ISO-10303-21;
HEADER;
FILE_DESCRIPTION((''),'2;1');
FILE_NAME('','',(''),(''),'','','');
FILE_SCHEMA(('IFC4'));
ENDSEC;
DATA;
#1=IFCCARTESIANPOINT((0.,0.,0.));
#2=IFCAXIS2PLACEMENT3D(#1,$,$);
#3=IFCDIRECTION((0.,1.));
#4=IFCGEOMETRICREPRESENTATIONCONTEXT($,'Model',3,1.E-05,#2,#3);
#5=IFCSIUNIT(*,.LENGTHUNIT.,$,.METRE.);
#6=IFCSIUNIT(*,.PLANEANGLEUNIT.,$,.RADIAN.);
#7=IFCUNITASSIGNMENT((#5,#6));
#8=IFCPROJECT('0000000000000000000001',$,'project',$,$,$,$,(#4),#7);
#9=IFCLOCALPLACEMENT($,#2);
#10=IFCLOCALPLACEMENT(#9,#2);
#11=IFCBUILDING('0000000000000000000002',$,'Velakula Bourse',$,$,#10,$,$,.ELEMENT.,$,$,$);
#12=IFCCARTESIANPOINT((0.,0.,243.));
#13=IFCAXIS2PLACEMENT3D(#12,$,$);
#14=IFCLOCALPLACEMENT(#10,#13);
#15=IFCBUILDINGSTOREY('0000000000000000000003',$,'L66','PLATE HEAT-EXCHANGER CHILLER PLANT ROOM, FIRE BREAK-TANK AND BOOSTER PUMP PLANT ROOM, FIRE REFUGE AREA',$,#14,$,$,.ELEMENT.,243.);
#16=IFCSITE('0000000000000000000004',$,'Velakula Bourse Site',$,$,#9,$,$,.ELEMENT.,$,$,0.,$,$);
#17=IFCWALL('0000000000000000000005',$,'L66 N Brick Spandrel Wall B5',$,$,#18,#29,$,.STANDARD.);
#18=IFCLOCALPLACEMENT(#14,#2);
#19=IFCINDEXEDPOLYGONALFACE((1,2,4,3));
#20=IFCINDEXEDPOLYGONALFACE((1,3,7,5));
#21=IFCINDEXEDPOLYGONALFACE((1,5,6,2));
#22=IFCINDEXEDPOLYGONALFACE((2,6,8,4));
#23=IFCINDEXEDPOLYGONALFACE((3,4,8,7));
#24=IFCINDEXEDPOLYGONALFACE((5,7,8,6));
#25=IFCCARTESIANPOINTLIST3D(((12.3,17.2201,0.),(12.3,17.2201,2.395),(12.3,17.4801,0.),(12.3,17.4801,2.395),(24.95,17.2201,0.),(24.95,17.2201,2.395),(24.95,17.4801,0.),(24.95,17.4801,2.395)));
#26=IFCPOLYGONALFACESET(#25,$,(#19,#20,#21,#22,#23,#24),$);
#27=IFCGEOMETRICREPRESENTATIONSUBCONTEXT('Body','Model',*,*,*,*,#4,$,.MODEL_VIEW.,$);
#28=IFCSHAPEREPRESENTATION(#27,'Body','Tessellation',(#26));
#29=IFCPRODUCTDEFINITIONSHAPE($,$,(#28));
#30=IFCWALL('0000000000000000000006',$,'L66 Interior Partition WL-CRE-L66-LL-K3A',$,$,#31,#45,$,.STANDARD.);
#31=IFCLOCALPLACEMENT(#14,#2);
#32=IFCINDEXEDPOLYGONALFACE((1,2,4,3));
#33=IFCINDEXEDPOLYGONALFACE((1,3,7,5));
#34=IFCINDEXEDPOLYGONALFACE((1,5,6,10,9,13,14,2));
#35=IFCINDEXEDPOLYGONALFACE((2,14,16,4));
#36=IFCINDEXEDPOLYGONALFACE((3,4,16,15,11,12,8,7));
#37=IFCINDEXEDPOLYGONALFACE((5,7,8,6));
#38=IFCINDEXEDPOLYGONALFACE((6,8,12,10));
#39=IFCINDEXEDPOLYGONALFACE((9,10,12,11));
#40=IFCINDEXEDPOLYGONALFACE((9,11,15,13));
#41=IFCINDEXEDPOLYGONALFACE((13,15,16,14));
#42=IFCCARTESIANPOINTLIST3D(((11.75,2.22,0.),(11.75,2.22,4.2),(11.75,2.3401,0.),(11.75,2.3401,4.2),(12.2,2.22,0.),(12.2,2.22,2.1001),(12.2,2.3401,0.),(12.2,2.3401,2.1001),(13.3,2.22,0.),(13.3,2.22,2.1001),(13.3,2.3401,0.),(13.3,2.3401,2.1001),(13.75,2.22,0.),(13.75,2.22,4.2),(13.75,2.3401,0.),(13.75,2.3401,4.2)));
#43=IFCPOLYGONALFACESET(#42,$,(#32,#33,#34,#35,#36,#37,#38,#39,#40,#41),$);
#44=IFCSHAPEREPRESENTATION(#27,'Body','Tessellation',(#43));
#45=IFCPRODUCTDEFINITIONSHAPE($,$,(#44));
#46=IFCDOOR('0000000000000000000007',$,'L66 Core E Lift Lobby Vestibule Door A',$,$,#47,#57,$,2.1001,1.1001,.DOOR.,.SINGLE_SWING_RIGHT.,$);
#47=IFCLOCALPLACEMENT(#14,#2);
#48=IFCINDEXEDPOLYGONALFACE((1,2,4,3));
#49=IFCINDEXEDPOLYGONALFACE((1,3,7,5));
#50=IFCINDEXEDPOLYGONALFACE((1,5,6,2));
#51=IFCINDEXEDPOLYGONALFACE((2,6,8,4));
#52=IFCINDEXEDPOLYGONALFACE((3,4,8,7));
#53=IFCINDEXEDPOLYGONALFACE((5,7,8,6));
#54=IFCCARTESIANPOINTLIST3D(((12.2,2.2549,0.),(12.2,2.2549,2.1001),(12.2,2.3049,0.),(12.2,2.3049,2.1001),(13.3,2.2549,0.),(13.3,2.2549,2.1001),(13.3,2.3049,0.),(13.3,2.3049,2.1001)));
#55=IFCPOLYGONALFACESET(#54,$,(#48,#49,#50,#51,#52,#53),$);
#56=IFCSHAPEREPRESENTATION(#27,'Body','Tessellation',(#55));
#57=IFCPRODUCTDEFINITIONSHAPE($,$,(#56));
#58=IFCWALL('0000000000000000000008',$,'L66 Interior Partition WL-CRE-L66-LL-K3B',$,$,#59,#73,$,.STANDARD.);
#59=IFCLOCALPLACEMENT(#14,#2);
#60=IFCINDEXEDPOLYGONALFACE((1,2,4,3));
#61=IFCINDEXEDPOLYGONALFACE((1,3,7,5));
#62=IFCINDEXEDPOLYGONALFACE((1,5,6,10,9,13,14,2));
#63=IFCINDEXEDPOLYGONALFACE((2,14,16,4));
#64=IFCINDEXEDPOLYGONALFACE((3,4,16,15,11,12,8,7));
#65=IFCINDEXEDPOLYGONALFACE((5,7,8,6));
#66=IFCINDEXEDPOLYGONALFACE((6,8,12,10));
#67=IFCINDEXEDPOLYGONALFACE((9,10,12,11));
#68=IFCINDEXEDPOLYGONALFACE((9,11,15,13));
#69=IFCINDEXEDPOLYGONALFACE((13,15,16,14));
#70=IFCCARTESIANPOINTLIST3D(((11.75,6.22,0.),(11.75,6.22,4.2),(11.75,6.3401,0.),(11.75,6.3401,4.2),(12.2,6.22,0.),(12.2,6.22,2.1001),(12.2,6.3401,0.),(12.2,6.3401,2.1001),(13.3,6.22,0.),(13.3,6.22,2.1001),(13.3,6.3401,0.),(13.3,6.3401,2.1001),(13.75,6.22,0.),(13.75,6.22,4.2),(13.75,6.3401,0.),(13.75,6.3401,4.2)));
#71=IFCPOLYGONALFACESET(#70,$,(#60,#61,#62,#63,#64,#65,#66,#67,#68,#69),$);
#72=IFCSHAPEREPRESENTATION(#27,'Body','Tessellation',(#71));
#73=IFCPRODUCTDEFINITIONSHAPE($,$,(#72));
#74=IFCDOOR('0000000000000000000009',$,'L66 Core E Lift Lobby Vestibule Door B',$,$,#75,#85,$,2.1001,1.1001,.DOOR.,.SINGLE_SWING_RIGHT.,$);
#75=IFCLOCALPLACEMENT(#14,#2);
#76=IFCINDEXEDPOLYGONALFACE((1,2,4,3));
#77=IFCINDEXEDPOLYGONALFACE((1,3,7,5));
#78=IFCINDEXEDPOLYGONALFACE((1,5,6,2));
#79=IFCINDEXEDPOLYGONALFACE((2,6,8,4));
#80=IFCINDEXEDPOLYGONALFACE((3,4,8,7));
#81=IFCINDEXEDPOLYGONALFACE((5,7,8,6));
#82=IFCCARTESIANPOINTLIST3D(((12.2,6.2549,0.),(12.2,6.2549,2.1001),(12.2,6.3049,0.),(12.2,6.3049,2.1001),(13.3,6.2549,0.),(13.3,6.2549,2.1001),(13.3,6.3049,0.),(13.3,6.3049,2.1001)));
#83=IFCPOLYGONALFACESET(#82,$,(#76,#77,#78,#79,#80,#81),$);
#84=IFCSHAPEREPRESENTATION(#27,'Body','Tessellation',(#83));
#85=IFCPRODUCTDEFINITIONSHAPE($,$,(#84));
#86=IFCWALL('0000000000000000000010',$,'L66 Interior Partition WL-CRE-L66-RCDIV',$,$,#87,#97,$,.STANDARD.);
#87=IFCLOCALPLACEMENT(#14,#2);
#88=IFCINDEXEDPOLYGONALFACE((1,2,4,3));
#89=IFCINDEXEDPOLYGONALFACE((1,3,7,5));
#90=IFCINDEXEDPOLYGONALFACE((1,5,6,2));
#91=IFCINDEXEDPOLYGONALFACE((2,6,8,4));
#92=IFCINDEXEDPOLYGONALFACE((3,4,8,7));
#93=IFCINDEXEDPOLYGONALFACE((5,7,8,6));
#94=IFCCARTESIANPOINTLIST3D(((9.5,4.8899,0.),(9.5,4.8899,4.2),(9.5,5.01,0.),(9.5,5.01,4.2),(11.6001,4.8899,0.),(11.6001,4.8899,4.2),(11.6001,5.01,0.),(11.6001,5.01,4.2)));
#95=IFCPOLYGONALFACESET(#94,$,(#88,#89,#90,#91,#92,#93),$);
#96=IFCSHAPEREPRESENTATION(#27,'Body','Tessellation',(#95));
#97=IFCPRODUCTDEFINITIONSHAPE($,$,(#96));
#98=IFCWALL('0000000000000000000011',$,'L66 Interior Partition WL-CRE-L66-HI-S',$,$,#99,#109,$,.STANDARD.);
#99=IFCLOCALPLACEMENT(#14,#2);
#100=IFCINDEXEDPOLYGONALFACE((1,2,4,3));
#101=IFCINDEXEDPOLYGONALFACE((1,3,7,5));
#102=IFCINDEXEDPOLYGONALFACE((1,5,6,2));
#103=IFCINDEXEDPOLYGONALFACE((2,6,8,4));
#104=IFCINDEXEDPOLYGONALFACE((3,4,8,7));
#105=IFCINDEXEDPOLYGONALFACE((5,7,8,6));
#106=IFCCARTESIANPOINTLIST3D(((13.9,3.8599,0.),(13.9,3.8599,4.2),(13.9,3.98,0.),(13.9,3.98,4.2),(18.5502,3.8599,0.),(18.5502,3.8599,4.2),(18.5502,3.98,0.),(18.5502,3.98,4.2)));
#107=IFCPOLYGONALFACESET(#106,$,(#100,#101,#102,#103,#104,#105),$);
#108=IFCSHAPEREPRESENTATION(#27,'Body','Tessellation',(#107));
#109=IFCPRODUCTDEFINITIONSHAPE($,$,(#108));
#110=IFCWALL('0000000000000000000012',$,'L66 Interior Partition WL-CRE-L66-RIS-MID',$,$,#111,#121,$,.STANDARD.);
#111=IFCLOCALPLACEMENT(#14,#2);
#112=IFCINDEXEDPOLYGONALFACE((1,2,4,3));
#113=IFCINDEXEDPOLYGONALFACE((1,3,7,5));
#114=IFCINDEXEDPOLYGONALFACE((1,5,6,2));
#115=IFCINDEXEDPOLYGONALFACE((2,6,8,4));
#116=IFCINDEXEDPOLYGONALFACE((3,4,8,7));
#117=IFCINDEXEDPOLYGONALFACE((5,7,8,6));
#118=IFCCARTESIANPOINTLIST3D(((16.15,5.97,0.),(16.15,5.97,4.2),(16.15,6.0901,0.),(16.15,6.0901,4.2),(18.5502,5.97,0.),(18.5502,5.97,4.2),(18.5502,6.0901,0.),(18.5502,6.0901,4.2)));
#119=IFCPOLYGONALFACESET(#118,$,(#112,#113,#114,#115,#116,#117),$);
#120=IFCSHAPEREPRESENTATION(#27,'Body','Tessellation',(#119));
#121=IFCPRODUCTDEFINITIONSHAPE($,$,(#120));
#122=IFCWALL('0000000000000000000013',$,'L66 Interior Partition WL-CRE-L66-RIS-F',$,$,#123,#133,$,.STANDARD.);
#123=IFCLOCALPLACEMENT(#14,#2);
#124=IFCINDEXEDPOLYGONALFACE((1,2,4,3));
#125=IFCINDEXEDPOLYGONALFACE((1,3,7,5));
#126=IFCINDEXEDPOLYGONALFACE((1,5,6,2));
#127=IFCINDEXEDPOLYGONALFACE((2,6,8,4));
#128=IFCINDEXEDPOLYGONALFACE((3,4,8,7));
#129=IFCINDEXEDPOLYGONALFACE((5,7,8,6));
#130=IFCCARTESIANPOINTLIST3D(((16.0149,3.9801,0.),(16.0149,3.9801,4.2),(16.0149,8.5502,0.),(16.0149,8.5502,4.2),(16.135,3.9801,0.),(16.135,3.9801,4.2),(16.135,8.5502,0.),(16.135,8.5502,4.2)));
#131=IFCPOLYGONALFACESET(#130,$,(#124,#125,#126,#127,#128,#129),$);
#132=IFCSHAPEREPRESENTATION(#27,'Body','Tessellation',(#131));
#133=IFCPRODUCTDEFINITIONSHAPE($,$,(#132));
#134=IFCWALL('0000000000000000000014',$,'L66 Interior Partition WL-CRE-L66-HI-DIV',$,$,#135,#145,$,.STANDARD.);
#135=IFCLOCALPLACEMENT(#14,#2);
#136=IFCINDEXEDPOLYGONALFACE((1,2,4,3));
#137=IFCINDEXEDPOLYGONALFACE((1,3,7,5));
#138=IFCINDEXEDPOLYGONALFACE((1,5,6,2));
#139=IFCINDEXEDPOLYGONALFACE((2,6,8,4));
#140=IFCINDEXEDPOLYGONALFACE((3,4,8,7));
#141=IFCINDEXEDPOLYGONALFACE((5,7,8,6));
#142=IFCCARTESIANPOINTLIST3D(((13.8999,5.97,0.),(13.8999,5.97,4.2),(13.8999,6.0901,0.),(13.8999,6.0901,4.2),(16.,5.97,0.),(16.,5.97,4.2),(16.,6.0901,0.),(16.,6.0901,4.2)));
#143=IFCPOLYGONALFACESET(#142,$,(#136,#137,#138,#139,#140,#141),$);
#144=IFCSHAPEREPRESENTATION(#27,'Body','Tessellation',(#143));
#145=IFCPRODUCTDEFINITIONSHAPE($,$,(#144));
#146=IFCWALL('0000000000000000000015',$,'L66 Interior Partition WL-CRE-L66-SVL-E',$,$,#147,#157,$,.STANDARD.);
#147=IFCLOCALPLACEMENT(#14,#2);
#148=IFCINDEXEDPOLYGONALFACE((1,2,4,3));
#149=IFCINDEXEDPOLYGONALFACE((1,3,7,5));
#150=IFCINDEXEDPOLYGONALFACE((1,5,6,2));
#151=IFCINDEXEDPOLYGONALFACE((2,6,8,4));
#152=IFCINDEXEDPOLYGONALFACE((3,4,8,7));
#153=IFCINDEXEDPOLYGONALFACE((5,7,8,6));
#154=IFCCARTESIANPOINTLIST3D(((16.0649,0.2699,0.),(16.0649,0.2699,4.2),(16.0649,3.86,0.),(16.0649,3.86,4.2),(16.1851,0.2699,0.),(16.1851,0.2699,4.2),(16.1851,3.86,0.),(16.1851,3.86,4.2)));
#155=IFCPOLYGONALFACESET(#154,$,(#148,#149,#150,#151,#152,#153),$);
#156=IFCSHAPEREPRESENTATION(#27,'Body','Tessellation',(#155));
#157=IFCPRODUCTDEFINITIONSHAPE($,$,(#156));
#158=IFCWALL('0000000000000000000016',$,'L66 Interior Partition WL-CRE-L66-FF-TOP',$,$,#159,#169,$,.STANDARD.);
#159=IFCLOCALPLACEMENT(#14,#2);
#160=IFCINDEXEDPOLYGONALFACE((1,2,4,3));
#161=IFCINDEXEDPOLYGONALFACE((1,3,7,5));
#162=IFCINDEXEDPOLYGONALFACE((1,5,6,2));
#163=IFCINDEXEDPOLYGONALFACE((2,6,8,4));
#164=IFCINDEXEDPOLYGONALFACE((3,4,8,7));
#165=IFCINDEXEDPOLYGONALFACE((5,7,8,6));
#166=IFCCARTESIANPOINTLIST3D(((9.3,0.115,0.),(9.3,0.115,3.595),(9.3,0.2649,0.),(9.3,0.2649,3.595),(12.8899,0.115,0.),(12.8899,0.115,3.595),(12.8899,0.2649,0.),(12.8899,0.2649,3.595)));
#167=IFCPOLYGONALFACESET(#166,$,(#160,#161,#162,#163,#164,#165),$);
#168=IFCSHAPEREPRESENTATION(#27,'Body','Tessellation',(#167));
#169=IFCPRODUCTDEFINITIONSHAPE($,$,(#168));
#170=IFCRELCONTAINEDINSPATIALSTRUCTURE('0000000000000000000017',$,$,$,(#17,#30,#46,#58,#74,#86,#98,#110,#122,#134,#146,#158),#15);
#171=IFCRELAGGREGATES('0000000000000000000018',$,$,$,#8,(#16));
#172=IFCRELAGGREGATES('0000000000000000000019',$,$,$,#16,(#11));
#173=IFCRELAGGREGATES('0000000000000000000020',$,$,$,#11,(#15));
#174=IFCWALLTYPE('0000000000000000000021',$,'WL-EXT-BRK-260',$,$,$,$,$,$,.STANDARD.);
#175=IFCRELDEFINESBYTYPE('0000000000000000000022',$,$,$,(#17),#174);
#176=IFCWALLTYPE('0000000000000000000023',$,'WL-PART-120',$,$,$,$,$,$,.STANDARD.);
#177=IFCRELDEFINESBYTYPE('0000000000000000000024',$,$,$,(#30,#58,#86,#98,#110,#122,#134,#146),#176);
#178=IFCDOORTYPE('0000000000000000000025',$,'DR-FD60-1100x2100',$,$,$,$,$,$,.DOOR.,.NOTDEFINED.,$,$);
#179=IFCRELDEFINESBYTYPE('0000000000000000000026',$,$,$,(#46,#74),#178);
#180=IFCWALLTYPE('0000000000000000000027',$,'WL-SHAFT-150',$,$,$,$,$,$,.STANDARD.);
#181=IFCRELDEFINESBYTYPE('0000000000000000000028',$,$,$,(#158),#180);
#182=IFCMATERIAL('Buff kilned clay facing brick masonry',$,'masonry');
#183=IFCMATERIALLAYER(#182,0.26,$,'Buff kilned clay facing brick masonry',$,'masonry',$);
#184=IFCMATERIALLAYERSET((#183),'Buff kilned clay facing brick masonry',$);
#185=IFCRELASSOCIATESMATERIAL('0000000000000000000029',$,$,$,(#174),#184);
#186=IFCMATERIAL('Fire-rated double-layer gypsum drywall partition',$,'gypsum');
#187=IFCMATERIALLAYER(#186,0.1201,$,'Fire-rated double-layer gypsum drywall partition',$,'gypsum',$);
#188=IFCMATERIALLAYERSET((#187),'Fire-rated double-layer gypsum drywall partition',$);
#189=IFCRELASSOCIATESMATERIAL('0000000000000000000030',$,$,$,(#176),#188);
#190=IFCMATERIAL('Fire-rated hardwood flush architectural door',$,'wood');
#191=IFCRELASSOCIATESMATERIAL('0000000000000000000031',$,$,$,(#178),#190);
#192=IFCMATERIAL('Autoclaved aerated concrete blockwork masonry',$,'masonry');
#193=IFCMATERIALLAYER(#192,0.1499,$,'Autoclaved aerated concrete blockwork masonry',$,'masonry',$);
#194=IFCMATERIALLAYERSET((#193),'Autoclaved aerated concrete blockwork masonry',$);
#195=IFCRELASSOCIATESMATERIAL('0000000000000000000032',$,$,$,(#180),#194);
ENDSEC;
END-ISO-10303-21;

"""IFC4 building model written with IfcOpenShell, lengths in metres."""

from ifc_helpers import new_model, si_unit, direction, frame, frame_2d, origin, place, context, subcontext, project, spatial, rectangle, extrude, material, layer, layer_set, type_object, element, fill, save


model = new_model("IFC4")

# Units and contexts
model_context = context("Model", 3, precision=1e-05, world=origin(), true_north=direction((0.0, 1.0)))
body_context = subcontext(model_context, "Body", "Model", "MODEL_VIEW")
ifc_project = project(units=[si_unit("LENGTHUNIT", "METRE"), si_unit("PLANEANGLEUNIT", "RADIAN")], contexts=[model_context])

# Site, building, storey
site_placement = place(None, origin())
site = spatial("IfcSite", under=ifc_project, at=site_placement, Name="Velakula Bourse Site", CompositionType="ELEMENT", RefElevation=0.0)
building_placement = place(site_placement, origin())
building = spatial("IfcBuilding", under=site, at=building_placement, Name="Velakula Bourse", CompositionType="ELEMENT")
storey_placement = place(building_placement, frame((0.0, 0.0, 243.0)))
storey = spatial("IfcBuildingStorey", under=building, at=storey_placement, Name="L66", Description="PLATE HEAT-EXCHANGER CHILLER PLANT ROOM, FIRE BREAK-TANK AND BOOSTER PUMP PLANT ROOM, FIRE REFUGE AREA", CompositionType="ELEMENT", Elevation=243.0)

# Wall
ifc_material_1 = material(Name="Buff kilned clay facing brick masonry", Category="masonry")
ifc_layer_1 = layer(ifc_material_1, 0.26, Name="Buff kilned clay facing brick masonry", Category="masonry")
ifc_layer_set_1 = layer_set([ifc_layer_1], Name="Buff kilned clay facing brick masonry")
wall_type_1 = type_object("IfcWallType", Name="WL-EXT-BRK-260", PredefinedType="STANDARD", material=ifc_layer_set_1)
wall_1_placement = place(storey_placement, frame((12.3, 17.3501, 0.0), z_axis=(0.0, 0.0, 1.0), x_axis=(1.0, 0.0, 0.0)))
element("IfcWall", 1, at=wall_1_placement, inside=storey, type_object=wall_type_1, Name="L66 N Brick Spandrel Wall B5", PredefinedType="STANDARD", context=body_context, shape_type="SweptSolid", body=[
    extrude(rectangle(XDim=12.6499, YDim=0.26, at=frame_2d((6.325, 0.0))), origin(), (0.0, 0.0, 1.0), 2.395),
])

# Walls, openings, doors
ifc_material_2 = material(Name="Fire-rated double-layer gypsum drywall partition", Category="gypsum")
ifc_layer_2 = layer(ifc_material_2, 0.1201, Name="Fire-rated double-layer gypsum drywall partition", Category="gypsum")
ifc_layer_set_2 = layer_set([ifc_layer_2], Name="Fire-rated double-layer gypsum drywall partition")
wall_type_2 = type_object("IfcWallType", Name="WL-PART-120", PredefinedType="STANDARD", material=ifc_layer_set_2)
wall_2_placement = place(storey_placement, frame((11.75, 2.28, 0.0), z_axis=(0.0, 0.0, 1.0), x_axis=(1.0, 0.0, 0.0)))
wall_2 = element("IfcWall", 2, at=wall_2_placement, inside=storey, type_object=wall_type_2, Name="L66 Interior Partition WL-CRE-L66-LL-K3A", PredefinedType="STANDARD", context=body_context, shape_type="SweptSolid", body=[
    extrude(rectangle(XDim=2.0, YDim=0.1201, at=frame_2d((1.0, 0.0))), origin(), (0.0, 0.0, 1.0), 4.2),
])
opening_1_placement = place(wall_2_placement, frame((0.45, 0.0, 0.0)))
opening_1 = element("IfcOpeningElement", 3, at=opening_1_placement, cuts=wall_2, PredefinedType="OPENING", context=body_context, shape_type="SweptSolid", body=[
    extrude(rectangle(XDim=1.1001, YDim=2.1001, at=frame_2d((0.55, 1.05))), frame((0.0, 0.0701, 0.0), z_axis=(0.0, -1.0, 0.0), x_axis=(1.0, 0.0, 0.0)), (0.0, 0.0, 1.0), 0.1401),
])
ifc_material_3 = material(Name="Fire-rated hardwood flush architectural door", Category="wood")
door_type_1 = type_object("IfcDoorType", Name="DR-FD60-1100x2100", OperationType="NOTDEFINED", PredefinedType="DOOR", material=ifc_material_3)
door_1_placement = place(opening_1_placement, origin())
door_1 = element("IfcDoor", 4, at=door_1_placement, inside=storey, type_object=door_type_1, Name="L66 Core E Lift Lobby Vestibule Door A", OperationType="SINGLE_SWING_RIGHT", OverallHeight=2.1001, OverallWidth=1.1001, PredefinedType="DOOR", context=body_context, shape_type="SweptSolid", body=[
    extrude(rectangle(XDim=1.1001, YDim=2.1001, at=frame_2d((0.55, 1.05))), frame((0.0, 0.0249, 0.0), z_axis=(0.0, -1.0, 0.0), x_axis=(1.0, 0.0, 0.0)), (0.0, 0.0, 1.0), 0.05),
])
fill(opening_1, door_1)
wall_3_placement = place(storey_placement, frame((11.75, 6.28, 0.0), z_axis=(0.0, 0.0, 1.0), x_axis=(1.0, 0.0, 0.0)))
wall_3 = element("IfcWall", 5, at=wall_3_placement, inside=storey, type_object=wall_type_2, Name="L66 Interior Partition WL-CRE-L66-LL-K3B", PredefinedType="STANDARD", context=body_context, shape_type="SweptSolid", body=[
    extrude(rectangle(XDim=2.0, YDim=0.1201, at=frame_2d((1.0, 0.0))), origin(), (0.0, 0.0, 1.0), 4.2),
])
opening_2_placement = place(wall_3_placement, frame((0.45, 0.0, 0.0)))
opening_2 = element("IfcOpeningElement", 6, at=opening_2_placement, cuts=wall_3, PredefinedType="OPENING", context=body_context, shape_type="SweptSolid", body=[
    extrude(rectangle(XDim=1.1001, YDim=2.1001, at=frame_2d((0.55, 1.05))), frame((0.0, 0.0701, 0.0), z_axis=(0.0, -1.0, 0.0), x_axis=(1.0, 0.0, 0.0)), (0.0, 0.0, 1.0), 0.1401),
])
door_2_placement = place(opening_2_placement, origin())
door_2 = element("IfcDoor", 7, at=door_2_placement, inside=storey, type_object=door_type_1, Name="L66 Core E Lift Lobby Vestibule Door B", OperationType="SINGLE_SWING_RIGHT", OverallHeight=2.1001, OverallWidth=1.1001, PredefinedType="DOOR", context=body_context, shape_type="SweptSolid", body=[
    extrude(rectangle(XDim=1.1001, YDim=2.1001, at=frame_2d((0.55, 1.05))), frame((0.0, 0.0249, 0.0), z_axis=(0.0, -1.0, 0.0), x_axis=(1.0, 0.0, 0.0)), (0.0, 0.0, 1.0), 0.05),
])
fill(opening_2, door_2)

# Walls
wall_4_placement = place(storey_placement, frame((9.5, 4.95, 0.0), z_axis=(0.0, 0.0, 1.0), x_axis=(1.0, 0.0, 0.0)))
element("IfcWall", 8, at=wall_4_placement, inside=storey, type_object=wall_type_2, Name="L66 Interior Partition WL-CRE-L66-RCDIV", PredefinedType="STANDARD", context=body_context, shape_type="SweptSolid", body=[
    extrude(rectangle(XDim=2.1001, YDim=0.1201, at=frame_2d((1.05, 0.0))), origin(), (0.0, 0.0, 1.0), 4.2),
])
wall_5_placement = place(storey_placement, frame((13.8999, 3.9199, 0.0), z_axis=(0.0, 0.0, 1.0), x_axis=(1.0, 0.0, 0.0)))
element("IfcWall", 9, at=wall_5_placement, inside=storey, type_object=wall_type_2, Name="L66 Interior Partition WL-CRE-L66-HI-S", PredefinedType="STANDARD", context=body_context, shape_type="SweptSolid", body=[
    extrude(rectangle(XDim=4.6501, YDim=0.1201, at=frame_2d((2.3252, 0.0))), origin(), (0.0, 0.0, 1.0), 4.2),
])
wall_6_placement = place(storey_placement, frame((16.1499, 6.03, 0.0), z_axis=(0.0, 0.0, 1.0), x_axis=(1.0, 0.0, 0.0)))
element("IfcWall", 10, at=wall_6_placement, inside=storey, type_object=wall_type_2, Name="L66 Interior Partition WL-CRE-L66-RIS-MID", PredefinedType="STANDARD", context=body_context, shape_type="SweptSolid", body=[
    extrude(rectangle(XDim=2.4001, YDim=0.1201, at=frame_2d((1.2002, 0.0))), origin(), (0.0, 0.0, 1.0), 4.2),
])
wall_7_placement = place(storey_placement, frame((16.075, 3.98, 0.0), z_axis=(0.0, 0.0, 1.0), x_axis=(0.0, 1.0, 0.0)))
element("IfcWall", 11, at=wall_7_placement, inside=storey, type_object=wall_type_2, Name="L66 Interior Partition WL-CRE-L66-RIS-F", PredefinedType="STANDARD", context=body_context, shape_type="SweptSolid", body=[
    extrude(rectangle(XDim=4.5701, YDim=0.1201, at=frame_2d((2.2852, 0.0))), origin(), (0.0, 0.0, 1.0), 4.2),
])
wall_8_placement = place(storey_placement, frame((13.8999, 6.03, 0.0), z_axis=(0.0, 0.0, 1.0), x_axis=(1.0, 0.0, 0.0)))
element("IfcWall", 12, at=wall_8_placement, inside=storey, type_object=wall_type_2, Name="L66 Interior Partition WL-CRE-L66-HI-DIV", PredefinedType="STANDARD", context=body_context, shape_type="SweptSolid", body=[
    extrude(rectangle(XDim=2.1001, YDim=0.1201, at=frame_2d((1.05, 0.0))), origin(), (0.0, 0.0, 1.0), 4.2),
])
wall_9_placement = place(storey_placement, frame((16.125, 0.27, 0.0), z_axis=(0.0, 0.0, 1.0), x_axis=(0.0, 1.0, 0.0)))
element("IfcWall", 13, at=wall_9_placement, inside=storey, type_object=wall_type_2, Name="L66 Interior Partition WL-CRE-L66-SVL-E", PredefinedType="STANDARD", context=body_context, shape_type="SweptSolid", body=[
    extrude(rectangle(XDim=3.5901, YDim=0.1201, at=frame_2d((1.7949, 0.0))), origin(), (0.0, 0.0, 1.0), 4.2),
])
ifc_material_4 = material(Name="Autoclaved aerated concrete blockwork masonry", Category="masonry")
ifc_layer_3 = layer(ifc_material_4, 0.1499, Name="Autoclaved aerated concrete blockwork masonry", Category="masonry")
ifc_layer_set_3 = layer_set([ifc_layer_3], Name="Autoclaved aerated concrete blockwork masonry")
wall_type_3 = type_object("IfcWallType", Name="WL-SHAFT-150", PredefinedType="STANDARD", material=ifc_layer_set_3)
wall_10_placement = place(storey_placement, frame((9.3, 0.1899, 0.0), z_axis=(0.0, 0.0, 1.0), x_axis=(1.0, 0.0, 0.0)))
element("IfcWall", 14, at=wall_10_placement, inside=storey, type_object=wall_type_3, Name="L66 Interior Partition WL-CRE-L66-FF-TOP", PredefinedType="STANDARD", context=body_context, shape_type="SweptSolid", body=[
    extrude(rectangle(XDim=3.5898, YDim=0.1499, at=frame_2d((1.7949, 0.0))), origin(), (0.0, 0.0, 1.0), 3.595),
])

save(model, "model.ifc")
